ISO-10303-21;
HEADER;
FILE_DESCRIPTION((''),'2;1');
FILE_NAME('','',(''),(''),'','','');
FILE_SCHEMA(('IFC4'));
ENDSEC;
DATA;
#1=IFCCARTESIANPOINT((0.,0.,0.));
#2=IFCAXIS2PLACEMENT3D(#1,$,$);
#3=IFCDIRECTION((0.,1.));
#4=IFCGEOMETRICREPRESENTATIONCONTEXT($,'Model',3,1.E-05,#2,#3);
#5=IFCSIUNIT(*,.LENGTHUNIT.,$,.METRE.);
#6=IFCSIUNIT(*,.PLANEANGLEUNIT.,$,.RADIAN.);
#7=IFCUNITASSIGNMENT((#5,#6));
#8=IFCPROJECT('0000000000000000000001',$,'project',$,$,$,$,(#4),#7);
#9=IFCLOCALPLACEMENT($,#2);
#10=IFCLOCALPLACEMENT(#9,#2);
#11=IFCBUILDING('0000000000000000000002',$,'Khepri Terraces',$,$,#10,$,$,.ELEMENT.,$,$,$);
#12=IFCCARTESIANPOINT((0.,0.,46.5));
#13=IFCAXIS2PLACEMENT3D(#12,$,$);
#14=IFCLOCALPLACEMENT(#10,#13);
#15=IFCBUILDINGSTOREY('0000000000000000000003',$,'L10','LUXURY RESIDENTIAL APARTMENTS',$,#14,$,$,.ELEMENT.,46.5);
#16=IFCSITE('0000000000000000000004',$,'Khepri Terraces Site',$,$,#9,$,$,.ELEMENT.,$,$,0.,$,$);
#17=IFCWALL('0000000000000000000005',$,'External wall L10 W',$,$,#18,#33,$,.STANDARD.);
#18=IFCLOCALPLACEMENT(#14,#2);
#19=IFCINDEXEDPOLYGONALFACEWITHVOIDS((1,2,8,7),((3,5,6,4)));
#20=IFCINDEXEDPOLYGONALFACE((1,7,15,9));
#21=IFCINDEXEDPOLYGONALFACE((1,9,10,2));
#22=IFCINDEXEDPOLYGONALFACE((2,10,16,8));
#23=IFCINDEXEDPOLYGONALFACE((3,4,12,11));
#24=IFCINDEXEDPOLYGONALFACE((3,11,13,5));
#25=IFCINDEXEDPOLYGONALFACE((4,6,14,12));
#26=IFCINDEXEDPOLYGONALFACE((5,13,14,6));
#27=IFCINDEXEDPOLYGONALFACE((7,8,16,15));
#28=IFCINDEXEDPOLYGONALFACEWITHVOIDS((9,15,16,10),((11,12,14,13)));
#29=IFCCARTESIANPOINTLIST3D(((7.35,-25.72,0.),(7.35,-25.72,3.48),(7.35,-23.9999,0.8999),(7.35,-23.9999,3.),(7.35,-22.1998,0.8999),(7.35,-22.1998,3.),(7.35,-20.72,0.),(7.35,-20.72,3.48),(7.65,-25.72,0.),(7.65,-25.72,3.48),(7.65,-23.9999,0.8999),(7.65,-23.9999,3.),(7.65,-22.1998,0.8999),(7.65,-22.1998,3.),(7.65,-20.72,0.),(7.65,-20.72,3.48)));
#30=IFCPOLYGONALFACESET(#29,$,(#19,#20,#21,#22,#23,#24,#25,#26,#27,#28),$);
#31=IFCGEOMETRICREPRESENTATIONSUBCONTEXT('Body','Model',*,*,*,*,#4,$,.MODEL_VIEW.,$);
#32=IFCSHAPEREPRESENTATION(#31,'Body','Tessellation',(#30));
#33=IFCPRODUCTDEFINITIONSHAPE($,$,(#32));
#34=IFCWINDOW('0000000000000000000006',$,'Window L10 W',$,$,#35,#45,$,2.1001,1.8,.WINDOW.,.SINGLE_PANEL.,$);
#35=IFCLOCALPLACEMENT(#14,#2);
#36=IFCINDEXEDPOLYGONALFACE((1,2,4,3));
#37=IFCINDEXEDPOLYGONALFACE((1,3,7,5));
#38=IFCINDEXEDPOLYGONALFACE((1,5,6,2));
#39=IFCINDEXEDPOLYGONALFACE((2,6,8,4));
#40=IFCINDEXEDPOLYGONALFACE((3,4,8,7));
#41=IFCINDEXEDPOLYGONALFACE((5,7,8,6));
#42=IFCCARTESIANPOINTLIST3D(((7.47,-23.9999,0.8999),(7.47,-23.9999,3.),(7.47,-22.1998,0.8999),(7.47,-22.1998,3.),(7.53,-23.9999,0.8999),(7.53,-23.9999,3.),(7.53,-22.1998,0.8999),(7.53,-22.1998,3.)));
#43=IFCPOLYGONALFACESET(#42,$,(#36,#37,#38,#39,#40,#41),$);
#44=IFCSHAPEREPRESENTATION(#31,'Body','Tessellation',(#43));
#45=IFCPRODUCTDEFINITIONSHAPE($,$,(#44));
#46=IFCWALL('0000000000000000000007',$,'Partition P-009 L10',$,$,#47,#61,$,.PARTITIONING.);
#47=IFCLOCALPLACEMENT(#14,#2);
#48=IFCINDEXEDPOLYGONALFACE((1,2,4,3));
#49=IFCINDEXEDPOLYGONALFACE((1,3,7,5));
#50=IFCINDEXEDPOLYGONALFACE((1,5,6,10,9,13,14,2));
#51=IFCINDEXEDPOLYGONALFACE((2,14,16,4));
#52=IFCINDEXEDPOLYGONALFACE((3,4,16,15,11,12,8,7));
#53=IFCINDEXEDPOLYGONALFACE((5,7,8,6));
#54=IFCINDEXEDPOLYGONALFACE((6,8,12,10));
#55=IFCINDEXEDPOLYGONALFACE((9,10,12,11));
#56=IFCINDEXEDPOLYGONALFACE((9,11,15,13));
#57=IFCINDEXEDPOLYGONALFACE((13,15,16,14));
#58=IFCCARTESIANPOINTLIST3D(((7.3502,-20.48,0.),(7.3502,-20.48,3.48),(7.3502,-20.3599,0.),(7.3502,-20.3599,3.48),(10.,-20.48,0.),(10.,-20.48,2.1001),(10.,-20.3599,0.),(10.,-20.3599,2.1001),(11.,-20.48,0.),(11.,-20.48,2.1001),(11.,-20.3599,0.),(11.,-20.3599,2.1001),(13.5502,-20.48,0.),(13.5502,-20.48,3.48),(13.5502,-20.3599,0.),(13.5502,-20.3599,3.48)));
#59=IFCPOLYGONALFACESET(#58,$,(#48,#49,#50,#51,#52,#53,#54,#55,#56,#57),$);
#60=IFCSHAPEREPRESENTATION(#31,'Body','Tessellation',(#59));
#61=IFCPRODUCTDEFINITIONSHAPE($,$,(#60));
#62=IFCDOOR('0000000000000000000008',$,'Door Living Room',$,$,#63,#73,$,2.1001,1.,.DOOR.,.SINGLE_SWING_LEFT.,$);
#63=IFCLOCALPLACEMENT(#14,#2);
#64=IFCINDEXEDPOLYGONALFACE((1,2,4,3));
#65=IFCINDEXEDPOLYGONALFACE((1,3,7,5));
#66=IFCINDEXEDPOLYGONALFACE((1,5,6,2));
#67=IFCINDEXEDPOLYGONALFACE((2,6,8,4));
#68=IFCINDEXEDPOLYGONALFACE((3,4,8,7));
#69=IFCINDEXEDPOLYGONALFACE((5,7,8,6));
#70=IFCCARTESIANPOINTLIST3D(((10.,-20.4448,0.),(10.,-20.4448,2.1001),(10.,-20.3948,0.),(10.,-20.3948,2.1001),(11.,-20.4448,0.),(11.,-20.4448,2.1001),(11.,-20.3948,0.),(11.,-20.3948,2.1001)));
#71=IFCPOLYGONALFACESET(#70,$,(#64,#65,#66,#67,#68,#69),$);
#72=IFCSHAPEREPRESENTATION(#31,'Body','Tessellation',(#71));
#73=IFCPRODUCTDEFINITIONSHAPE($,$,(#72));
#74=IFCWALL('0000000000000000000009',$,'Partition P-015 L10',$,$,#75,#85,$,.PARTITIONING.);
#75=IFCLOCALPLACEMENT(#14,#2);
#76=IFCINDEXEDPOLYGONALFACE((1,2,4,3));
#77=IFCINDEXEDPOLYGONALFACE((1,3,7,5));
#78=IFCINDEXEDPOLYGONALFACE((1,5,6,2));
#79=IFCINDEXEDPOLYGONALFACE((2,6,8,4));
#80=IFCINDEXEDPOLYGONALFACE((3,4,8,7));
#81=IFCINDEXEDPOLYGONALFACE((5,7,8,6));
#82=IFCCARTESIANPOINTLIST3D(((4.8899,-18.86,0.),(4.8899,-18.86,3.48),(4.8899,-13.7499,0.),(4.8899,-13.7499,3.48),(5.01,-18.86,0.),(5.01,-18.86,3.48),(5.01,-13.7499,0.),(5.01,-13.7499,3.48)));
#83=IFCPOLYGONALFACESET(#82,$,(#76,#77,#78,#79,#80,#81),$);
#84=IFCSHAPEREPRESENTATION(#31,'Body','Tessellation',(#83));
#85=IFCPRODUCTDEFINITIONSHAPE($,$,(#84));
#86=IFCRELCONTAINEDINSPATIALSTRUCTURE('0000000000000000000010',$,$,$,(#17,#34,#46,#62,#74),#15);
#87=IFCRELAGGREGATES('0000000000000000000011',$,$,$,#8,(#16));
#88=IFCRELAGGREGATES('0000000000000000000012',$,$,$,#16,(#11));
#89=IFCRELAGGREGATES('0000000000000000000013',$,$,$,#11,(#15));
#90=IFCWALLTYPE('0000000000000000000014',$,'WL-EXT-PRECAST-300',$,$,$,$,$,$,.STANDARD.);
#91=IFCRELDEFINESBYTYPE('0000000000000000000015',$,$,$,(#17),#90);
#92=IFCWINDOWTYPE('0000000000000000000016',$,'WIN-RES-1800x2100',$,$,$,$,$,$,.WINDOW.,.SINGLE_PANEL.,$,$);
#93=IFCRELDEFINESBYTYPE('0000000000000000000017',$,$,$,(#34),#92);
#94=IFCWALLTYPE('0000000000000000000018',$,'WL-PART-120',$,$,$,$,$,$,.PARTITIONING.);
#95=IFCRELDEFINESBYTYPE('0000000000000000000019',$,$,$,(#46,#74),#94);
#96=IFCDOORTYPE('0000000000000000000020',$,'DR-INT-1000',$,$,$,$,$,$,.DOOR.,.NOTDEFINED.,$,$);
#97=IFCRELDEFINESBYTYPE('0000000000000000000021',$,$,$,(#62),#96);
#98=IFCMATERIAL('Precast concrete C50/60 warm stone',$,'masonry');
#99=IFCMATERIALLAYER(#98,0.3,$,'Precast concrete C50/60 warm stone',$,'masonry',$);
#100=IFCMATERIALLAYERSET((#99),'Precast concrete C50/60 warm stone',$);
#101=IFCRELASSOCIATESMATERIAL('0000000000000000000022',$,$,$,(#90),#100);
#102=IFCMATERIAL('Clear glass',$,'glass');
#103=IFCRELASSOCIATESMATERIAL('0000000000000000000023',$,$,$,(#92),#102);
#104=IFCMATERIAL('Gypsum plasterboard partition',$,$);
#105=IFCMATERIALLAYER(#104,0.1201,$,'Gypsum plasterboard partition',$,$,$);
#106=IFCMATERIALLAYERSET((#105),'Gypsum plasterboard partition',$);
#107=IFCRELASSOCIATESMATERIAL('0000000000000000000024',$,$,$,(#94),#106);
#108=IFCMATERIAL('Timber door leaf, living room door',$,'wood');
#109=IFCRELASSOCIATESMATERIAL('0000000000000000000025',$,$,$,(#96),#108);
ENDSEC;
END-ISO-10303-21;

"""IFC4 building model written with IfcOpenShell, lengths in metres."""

from ifc_helpers import new_model, si_unit, direction, frame, frame_2d, origin, place, context, subcontext, project, spatial, rectangle, extrude, material, layer, layer_set, type_object, element, fill, save


model = new_model("IFC4")

# Units and contexts
model_context = context("Model", 3, precision=1e-05, world=origin(), true_north=direction((0.0, 1.0)))
body_context = subcontext(model_context, "Body", "Model", "MODEL_VIEW")
ifc_project = project(units=[si_unit("LENGTHUNIT", "METRE"), si_unit("PLANEANGLEUNIT", "RADIAN")], contexts=[model_context])

# Site, building, storey
site_placement = place(None, origin())
site = spatial("IfcSite", under=ifc_project, at=site_placement, Name="Khepri Terraces Site", CompositionType="ELEMENT", RefElevation=0.0)
building_placement = place(site_placement, origin())
building = spatial("IfcBuilding", under=site, at=building_placement, Name="Khepri Terraces", CompositionType="ELEMENT")
storey_placement = place(building_placement, frame((0.0, 0.0, 46.5)))
storey = spatial("IfcBuildingStorey", under=building, at=storey_placement, Name="L10", Description="LUXURY RESIDENTIAL APARTMENTS", CompositionType="ELEMENT", Elevation=46.5)

# Wall, opening, window
ifc_material_1 = material(Name="Precast concrete C50/60 warm stone", Category="masonry")
ifc_layer_1 = layer(ifc_material_1, 0.3, Name="Precast concrete C50/60 warm stone", Category="masonry")
ifc_layer_set_1 = layer_set([ifc_layer_1], Name="Precast concrete C50/60 warm stone")
wall_type_1 = type_object("IfcWallType", Name="WL-EXT-PRECAST-300", PredefinedType="STANDARD", material=ifc_layer_set_1)
wall_1_placement = place(storey_placement, frame((7.5, -20.72, 0.0), z_axis=(0.0, 0.0, 1.0), x_axis=(0.0, -1.0, 0.0)))
wall_1 = element("IfcWall", 1, at=wall_1_placement, inside=storey, type_object=wall_type_1, Name="External wall L10 W", PredefinedType="STANDARD", context=body_context, shape_type="SweptSolid", body=[
    extrude(rectangle(XDim=5.0, YDim=0.3, at=frame_2d((2.5, 0.0))), origin(), (0.0, 0.0, 1.0), 3.48),
])
opening_1_placement = place(wall_1_placement, frame((1.48, 0.0, 0.8999)))
opening_1 = element("IfcOpeningElement", 2, at=opening_1_placement, cuts=wall_1, PredefinedType="OPENING", context=body_context, shape_type="SweptSolid", body=[
    extrude(rectangle(XDim=1.8, YDim=2.1001, at=frame_2d((0.8999, 1.05))), frame((0.0, 0.1602, 0.0), z_axis=(0.0, -1.0, 0.0), x_axis=(1.0, 0.0, 0.0)), (0.0, 0.0, 1.0), 0.3201),
])
ifc_material_2 = material(Name="Clear glass", Category="glass")
window_type = type_object("IfcWindowType", Name="WIN-RES-1800x2100", PartitioningType="SINGLE_PANEL", PredefinedType="WINDOW", material=ifc_material_2)
window_1_placement = place(opening_1_placement, origin())
window_1 = element("IfcWindow", 3, at=window_1_placement, inside=storey, type_object=window_type, Name="Window L10 W", OverallHeight=2.1001, OverallWidth=1.8, PartitioningType="SINGLE_PANEL", PredefinedType="WINDOW", context=body_context, shape_type="SweptSolid", body=[
    extrude(rectangle(XDim=1.8, YDim=2.1001, at=frame_2d((0.8999, 1.05))), frame((0.0, 0.03, 0.0), z_axis=(0.0, -1.0, 0.0), x_axis=(1.0, 0.0, 0.0)), (0.0, 0.0, 1.0), 0.0601),
])
fill(opening_1, window_1)

# Wall, opening, door
ifc_material_3 = material(Name="Gypsum plasterboard partition")
ifc_layer_2 = layer(ifc_material_3, 0.1201, Name="Gypsum plasterboard partition")
ifc_layer_set_2 = layer_set([ifc_layer_2], Name="Gypsum plasterboard partition")
wall_type_2 = type_object("IfcWallType", Name="WL-PART-120", PredefinedType="PARTITIONING", material=ifc_layer_set_2)
wall_2_placement = place(storey_placement, frame((7.3501, -20.4199, 0.0), z_axis=(0.0, 0.0, 1.0), x_axis=(1.0, 0.0, 0.0)))
wall_2 = element("IfcWall", 4, at=wall_2_placement, inside=storey, type_object=wall_type_2, Name="Partition P-009 L10", PredefinedType="PARTITIONING", context=body_context, shape_type="SweptSolid", body=[
    extrude(rectangle(XDim=6.2, YDim=0.1201, at=frame_2d((3.1001, 0.0))), origin(), (0.0, 0.0, 1.0), 3.48),
])
opening_2_placement = place(wall_2_placement, frame((2.6499, 0.0, 0.0)))
opening_2 = element("IfcOpeningElement", 5, at=opening_2_placement, cuts=wall_2, PredefinedType="OPENING", context=body_context, shape_type="SweptSolid", body=[
    extrude(rectangle(XDim=1.0, YDim=2.1001, at=frame_2d((0.5, 1.05))), frame((0.0, 0.0701, 0.0), z_axis=(0.0, -1.0, 0.0), x_axis=(1.0, 0.0, 0.0)), (0.0, 0.0, 1.0), 0.1401),
])
ifc_material_4 = material(Name="Timber door leaf, living room door", Category="wood")
door_type_1 = type_object("IfcDoorType", Name="DR-INT-1000", OperationType="NOTDEFINED", PredefinedType="DOOR", material=ifc_material_4)
door_1_placement = place(opening_2_placement, frame((1.0, 0.0, 0.0), z_axis=(0.0, 0.0, 1.0), x_axis=(-1.0, 0.0, 0.0)))
door_1 = element("IfcDoor", 6, at=door_1_placement, inside=storey, type_object=door_type_1, Name="Door Living Room", OperationType="SINGLE_SWING_LEFT", OverallHeight=2.1001, OverallWidth=1.0, PredefinedType="DOOR", context=body_context, shape_type="SweptSolid", body=[
    extrude(rectangle(XDim=1.0, YDim=2.1001, at=frame_2d((0.5, 1.05))), frame((0.0, 0.0249, 0.0), z_axis=(0.0, -1.0, 0.0), x_axis=(1.0, 0.0, 0.0)), (0.0, 0.0, 1.0), 0.05),
])
fill(opening_2, door_1)

# Wall
wall_3_placement = place(storey_placement, frame((4.95, -18.8601, 0.0), z_axis=(0.0, 0.0, 1.0), x_axis=(0.0, 1.0, 0.0)))
element("IfcWall", 7, at=wall_3_placement, inside=storey, type_object=wall_type_2, Name="Partition P-015 L10", PredefinedType="PARTITIONING", context=body_context, shape_type="SweptSolid", body=[
    extrude(rectangle(XDim=5.1101, YDim=0.1201, at=frame_2d((2.5552, 0.0))), origin(), (0.0, 0.0, 1.0), 3.48),
])

save(model, "model.ifc")
